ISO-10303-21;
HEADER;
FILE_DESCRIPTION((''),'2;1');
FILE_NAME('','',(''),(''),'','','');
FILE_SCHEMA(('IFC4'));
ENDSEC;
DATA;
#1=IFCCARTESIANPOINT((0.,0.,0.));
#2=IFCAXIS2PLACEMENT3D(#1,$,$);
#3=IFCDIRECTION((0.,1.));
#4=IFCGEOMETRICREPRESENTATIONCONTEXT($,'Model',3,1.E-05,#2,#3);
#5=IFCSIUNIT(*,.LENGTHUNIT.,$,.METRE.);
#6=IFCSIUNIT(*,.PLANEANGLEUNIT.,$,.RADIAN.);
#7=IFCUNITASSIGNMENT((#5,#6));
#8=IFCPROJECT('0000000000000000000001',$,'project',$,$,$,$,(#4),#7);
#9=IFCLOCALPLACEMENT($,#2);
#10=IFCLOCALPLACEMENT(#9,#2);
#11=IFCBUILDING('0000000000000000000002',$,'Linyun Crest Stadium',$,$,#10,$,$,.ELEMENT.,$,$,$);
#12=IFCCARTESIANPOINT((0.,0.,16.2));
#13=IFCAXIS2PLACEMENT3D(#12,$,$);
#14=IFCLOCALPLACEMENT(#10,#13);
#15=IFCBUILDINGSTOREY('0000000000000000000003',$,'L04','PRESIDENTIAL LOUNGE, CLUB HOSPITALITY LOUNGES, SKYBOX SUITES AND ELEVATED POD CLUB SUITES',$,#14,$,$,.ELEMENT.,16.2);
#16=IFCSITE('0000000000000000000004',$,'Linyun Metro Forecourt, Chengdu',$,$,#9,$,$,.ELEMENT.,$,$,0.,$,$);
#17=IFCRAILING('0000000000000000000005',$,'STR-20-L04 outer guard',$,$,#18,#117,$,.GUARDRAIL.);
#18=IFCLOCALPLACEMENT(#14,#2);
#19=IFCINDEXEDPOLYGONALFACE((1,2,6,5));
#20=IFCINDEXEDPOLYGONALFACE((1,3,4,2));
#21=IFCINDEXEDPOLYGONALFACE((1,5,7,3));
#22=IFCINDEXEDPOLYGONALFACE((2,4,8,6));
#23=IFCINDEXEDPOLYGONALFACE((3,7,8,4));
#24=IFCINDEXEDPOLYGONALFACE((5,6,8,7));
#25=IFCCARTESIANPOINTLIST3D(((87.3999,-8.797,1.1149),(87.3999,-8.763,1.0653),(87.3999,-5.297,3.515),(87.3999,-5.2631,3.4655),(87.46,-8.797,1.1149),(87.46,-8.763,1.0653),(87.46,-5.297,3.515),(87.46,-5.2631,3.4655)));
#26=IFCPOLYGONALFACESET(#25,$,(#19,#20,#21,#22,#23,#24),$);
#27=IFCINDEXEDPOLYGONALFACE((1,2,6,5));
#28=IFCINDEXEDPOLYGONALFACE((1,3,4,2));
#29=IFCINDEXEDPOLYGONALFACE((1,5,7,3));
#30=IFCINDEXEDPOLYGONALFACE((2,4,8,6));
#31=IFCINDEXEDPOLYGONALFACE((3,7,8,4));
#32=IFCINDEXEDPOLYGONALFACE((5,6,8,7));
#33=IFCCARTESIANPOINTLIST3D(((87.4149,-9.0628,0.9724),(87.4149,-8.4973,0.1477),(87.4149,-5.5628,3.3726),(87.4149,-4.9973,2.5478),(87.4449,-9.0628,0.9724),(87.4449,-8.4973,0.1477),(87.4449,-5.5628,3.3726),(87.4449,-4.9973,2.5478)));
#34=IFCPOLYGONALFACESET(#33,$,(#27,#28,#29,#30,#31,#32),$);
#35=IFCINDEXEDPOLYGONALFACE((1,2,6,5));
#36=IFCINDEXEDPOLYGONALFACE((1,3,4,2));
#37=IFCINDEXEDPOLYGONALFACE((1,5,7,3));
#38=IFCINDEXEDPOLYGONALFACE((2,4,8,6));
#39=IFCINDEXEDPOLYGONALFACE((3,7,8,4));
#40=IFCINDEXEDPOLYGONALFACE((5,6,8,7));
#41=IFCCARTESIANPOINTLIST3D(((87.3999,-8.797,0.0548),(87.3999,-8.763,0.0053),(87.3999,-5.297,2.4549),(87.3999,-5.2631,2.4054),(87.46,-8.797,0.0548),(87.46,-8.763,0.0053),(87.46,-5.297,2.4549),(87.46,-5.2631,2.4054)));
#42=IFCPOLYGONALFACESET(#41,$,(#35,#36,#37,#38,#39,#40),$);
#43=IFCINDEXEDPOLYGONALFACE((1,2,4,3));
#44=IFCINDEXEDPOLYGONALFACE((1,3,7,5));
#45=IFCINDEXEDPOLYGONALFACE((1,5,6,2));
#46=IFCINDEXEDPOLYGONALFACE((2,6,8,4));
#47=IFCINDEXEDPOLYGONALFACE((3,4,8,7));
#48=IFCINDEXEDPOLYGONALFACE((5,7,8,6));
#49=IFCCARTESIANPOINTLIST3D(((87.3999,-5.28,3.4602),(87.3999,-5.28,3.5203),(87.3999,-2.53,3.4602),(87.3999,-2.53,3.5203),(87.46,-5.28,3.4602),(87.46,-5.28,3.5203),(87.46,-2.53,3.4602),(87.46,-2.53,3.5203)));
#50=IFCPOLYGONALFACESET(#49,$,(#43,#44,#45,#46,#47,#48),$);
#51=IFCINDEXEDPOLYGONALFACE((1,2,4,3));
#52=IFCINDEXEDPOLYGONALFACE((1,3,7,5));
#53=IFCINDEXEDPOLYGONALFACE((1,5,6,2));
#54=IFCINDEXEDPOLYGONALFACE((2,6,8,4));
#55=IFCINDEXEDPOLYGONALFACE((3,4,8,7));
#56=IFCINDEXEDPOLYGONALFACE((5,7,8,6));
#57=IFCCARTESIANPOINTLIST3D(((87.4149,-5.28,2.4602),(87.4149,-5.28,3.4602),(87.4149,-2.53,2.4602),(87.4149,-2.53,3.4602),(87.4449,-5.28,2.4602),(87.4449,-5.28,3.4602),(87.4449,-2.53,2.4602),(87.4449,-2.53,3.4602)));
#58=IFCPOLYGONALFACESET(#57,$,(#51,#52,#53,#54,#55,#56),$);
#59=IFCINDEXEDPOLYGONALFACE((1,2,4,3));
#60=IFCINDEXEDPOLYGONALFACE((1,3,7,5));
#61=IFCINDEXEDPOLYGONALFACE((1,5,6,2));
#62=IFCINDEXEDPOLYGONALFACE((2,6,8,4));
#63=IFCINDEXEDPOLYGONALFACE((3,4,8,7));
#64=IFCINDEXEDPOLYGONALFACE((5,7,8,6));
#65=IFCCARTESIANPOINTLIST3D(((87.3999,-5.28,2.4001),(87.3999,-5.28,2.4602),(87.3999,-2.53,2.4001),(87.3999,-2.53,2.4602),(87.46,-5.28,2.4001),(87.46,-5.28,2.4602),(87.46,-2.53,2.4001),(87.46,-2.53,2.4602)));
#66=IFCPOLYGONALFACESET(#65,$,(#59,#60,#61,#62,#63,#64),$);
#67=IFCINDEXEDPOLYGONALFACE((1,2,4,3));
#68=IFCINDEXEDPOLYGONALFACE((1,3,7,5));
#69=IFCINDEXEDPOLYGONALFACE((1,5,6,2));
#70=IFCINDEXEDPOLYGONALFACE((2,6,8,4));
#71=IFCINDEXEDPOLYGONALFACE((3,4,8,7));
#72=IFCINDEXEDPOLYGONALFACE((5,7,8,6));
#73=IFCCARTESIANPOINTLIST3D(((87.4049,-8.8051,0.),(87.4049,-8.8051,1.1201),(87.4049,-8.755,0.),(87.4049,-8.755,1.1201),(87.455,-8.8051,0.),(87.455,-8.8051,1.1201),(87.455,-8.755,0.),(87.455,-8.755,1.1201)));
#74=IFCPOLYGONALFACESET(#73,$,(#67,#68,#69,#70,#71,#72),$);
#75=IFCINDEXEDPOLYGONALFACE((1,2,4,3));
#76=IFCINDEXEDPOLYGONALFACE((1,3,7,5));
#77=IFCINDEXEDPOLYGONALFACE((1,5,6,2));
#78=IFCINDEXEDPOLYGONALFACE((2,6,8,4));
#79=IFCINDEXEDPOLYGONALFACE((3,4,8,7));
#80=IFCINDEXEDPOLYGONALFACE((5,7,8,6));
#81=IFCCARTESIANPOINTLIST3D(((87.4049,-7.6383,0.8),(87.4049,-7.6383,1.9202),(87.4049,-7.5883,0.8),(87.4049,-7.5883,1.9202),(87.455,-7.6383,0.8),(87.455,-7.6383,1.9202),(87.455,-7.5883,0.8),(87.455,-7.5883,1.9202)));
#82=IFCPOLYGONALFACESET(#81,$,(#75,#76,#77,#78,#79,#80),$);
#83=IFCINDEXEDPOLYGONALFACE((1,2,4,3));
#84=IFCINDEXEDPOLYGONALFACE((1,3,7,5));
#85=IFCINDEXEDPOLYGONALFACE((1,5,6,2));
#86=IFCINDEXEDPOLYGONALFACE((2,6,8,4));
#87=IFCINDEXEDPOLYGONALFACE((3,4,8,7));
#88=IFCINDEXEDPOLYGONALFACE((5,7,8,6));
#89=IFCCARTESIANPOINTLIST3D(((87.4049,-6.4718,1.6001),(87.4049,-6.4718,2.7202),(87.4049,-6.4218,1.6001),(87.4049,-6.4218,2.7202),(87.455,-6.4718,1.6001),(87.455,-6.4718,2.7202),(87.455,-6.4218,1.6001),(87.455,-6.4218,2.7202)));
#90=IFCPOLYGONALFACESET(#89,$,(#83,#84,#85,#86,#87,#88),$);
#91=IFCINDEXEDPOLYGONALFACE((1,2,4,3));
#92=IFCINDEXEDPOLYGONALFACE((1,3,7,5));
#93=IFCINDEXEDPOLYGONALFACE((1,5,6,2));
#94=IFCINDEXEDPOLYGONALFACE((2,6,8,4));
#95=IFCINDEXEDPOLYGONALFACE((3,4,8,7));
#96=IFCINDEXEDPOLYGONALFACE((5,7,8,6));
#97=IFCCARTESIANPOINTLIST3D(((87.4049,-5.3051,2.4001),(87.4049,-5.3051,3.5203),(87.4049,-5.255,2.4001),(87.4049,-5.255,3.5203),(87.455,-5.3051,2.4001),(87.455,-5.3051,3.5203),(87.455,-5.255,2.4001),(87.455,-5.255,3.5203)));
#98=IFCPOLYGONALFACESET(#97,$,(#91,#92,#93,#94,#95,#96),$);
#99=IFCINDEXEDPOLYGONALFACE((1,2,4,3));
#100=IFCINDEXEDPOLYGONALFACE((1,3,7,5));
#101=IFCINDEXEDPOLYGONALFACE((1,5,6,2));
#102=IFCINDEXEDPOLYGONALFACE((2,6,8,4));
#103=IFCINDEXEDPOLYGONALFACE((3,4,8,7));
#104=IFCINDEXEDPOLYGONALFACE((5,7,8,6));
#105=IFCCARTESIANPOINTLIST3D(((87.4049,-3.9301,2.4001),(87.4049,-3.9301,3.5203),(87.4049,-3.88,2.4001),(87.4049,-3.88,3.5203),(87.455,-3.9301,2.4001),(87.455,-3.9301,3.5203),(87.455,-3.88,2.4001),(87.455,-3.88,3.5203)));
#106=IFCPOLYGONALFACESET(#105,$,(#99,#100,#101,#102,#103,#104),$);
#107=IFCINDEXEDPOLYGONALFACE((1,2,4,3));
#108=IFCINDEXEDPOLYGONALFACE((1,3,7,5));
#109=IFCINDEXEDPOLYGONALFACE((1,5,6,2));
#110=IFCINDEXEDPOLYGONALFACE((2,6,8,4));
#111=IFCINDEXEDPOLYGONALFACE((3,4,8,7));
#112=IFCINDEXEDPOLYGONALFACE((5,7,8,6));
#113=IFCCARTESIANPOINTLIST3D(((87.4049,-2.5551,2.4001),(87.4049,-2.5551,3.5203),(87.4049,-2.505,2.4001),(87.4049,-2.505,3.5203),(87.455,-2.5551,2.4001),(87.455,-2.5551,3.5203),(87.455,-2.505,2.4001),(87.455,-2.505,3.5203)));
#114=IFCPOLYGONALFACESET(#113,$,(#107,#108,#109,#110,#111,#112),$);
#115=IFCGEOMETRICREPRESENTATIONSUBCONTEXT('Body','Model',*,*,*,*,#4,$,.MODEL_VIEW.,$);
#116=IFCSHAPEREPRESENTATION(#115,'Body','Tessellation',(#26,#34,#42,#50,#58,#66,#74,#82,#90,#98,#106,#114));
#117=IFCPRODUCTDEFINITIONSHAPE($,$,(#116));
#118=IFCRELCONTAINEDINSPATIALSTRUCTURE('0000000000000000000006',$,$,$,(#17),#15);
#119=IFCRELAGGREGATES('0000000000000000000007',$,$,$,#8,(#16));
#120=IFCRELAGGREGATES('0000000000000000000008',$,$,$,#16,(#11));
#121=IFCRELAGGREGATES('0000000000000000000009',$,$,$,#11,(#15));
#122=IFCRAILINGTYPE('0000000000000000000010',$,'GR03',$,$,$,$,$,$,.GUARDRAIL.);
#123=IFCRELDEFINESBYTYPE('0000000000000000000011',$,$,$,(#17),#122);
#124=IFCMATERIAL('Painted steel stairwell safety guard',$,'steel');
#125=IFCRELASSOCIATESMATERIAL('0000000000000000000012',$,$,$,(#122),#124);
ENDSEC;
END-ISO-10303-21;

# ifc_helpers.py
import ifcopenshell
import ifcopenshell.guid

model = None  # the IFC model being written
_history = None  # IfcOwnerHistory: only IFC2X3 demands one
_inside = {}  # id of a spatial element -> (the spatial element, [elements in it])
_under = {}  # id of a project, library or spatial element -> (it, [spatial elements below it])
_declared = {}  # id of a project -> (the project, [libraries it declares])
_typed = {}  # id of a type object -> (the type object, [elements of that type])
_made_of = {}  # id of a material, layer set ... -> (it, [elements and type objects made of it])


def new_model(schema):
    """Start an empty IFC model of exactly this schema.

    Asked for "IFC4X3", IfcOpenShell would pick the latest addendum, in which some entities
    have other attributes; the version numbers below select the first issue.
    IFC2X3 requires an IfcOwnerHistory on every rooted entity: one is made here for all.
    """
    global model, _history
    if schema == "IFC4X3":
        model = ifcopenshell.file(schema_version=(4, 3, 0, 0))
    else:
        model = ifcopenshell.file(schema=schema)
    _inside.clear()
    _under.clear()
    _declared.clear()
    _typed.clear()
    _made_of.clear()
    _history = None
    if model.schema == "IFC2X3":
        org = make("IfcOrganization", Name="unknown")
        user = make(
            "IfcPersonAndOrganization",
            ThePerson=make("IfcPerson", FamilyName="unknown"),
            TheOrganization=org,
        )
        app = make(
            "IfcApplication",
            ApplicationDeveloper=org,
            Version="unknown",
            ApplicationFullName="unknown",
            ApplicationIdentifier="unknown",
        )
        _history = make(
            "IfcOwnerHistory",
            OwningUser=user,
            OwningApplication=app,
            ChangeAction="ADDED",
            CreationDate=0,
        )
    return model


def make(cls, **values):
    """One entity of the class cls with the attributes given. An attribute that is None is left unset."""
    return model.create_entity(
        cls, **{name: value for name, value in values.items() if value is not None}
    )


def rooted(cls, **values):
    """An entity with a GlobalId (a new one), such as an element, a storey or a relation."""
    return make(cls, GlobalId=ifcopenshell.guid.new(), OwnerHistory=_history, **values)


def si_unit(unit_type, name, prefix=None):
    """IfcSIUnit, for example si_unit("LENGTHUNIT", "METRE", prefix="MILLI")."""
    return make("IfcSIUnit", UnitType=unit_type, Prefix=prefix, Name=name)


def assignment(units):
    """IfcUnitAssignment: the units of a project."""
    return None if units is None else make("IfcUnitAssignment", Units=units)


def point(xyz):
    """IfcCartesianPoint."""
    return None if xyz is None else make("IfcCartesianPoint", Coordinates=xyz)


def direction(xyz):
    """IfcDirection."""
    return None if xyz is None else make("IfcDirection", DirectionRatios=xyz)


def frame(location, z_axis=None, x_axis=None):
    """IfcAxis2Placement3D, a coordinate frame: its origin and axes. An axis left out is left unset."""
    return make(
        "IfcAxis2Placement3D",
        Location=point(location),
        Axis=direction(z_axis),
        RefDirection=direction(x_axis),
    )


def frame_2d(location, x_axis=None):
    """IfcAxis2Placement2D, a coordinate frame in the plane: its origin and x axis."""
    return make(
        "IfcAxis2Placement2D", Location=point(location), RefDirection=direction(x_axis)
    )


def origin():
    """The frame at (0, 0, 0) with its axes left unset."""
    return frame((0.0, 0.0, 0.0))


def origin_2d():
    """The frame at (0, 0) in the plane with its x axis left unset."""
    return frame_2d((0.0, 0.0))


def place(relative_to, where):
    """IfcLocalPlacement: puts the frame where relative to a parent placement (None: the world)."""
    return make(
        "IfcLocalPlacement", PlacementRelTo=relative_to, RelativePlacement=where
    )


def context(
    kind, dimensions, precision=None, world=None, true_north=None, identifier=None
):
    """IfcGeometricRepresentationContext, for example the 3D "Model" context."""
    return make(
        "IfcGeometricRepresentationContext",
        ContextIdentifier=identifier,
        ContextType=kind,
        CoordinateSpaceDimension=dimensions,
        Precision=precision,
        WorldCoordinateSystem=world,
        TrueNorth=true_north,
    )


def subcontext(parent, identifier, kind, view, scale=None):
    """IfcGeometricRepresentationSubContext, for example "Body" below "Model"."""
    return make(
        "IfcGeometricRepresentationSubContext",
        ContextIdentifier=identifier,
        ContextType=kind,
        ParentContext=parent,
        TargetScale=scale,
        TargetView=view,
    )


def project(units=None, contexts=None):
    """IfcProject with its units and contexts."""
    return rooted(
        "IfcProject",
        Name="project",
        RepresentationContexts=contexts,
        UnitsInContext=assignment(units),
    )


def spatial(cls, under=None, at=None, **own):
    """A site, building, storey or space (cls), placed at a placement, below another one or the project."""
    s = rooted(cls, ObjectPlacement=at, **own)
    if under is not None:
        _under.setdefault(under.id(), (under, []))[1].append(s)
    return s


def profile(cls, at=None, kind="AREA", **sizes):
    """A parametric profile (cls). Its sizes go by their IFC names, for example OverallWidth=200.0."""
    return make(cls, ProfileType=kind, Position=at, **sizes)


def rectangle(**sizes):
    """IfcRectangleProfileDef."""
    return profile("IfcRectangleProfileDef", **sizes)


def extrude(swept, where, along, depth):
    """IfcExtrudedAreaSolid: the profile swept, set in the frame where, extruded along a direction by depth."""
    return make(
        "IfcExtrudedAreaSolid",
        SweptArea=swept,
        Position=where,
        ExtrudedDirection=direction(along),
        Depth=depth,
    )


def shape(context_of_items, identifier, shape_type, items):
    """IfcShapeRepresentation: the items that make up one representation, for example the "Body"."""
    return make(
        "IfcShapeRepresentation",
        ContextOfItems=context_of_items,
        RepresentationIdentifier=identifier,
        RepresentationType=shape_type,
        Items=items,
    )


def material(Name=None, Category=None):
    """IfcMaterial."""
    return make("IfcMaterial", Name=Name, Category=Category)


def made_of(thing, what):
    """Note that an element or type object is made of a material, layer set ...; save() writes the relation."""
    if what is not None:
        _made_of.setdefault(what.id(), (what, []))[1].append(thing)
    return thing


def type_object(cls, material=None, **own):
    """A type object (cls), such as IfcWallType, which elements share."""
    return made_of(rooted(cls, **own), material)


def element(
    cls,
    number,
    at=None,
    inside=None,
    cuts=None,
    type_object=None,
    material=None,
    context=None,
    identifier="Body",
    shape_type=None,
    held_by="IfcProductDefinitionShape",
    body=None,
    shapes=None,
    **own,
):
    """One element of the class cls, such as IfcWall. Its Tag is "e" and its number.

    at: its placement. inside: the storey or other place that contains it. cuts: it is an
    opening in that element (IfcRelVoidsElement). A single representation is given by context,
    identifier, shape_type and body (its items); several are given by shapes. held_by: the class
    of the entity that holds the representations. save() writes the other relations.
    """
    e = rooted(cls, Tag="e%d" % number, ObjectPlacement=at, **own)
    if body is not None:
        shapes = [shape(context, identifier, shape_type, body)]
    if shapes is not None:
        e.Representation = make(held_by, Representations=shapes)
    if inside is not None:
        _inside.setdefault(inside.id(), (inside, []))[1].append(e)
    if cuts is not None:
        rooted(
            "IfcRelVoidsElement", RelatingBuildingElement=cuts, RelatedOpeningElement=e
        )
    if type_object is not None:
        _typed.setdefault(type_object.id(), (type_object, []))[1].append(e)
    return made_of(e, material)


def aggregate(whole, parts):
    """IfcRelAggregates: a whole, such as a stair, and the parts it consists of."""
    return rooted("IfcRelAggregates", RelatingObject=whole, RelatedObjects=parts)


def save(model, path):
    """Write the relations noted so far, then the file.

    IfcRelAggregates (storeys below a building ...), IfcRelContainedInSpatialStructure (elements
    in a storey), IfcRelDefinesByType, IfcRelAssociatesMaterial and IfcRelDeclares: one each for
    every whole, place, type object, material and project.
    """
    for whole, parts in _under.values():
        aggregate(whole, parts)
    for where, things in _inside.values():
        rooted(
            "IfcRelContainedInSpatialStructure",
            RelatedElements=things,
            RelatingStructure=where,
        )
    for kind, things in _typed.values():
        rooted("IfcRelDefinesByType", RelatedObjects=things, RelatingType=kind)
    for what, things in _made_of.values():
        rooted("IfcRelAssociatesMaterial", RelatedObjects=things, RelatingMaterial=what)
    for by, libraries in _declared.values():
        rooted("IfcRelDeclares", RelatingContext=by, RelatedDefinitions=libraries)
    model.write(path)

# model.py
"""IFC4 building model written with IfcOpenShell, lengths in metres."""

from ifc_helpers import new_model, si_unit, direction, frame, origin, origin_2d, place, context, subcontext, project, spatial, rectangle, extrude, material, type_object, element, save


model = new_model("IFC4")

# Units and contexts
model_context = context("Model", 3, precision=1e-05, world=origin(), true_north=direction((0.0, 1.0)))
body_context = subcontext(model_context, "Body", "Model", "MODEL_VIEW")
ifc_project = project(units=[si_unit("LENGTHUNIT", "METRE"), si_unit("PLANEANGLEUNIT", "RADIAN")], contexts=[model_context])

# Site, building, storey
site_placement = place(None, origin())
site = spatial("IfcSite", under=ifc_project, at=site_placement, Name="Linyun Metro Forecourt, Chengdu", CompositionType="ELEMENT", RefElevation=0.0)
building_placement = place(site_placement, origin())
building = spatial("IfcBuilding", under=site, at=building_placement, Name="Linyun Crest Stadium", CompositionType="ELEMENT")
storey_placement = place(building_placement, frame((0.0, 0.0, 16.2)))
storey = spatial("IfcBuildingStorey", under=building, at=storey_placement, Name="L04", Description="PRESIDENTIAL LOUNGE, CLUB HOSPITALITY LOUNGES, SKYBOX SUITES AND ELEVATED POD CLUB SUITES", CompositionType="ELEMENT", Elevation=16.2)

# Railing
ifc_material_1 = material(Name="Painted steel stairwell safety guard", Category="steel")
railing_type_1 = type_object("IfcRailingType", Name="GR03", PredefinedType="GUARDRAIL", material=ifc_material_1)
railing_1_placement = place(storey_placement, frame((87.4299, -8.78, 0.0)))
element("IfcRailing", 1, at=railing_1_placement, inside=storey, type_object=railing_type_1, Name="STR-20-L04 outer guard", PredefinedType="GUARDRAIL", context=body_context, shape_type="SweptSolid", body=[
    extrude(rectangle(XDim=0.0601, YDim=0.0601, at=origin_2d()), frame((0.0, 0.0, 1.0901), z_axis=(0.0, 0.824713, 0.565552), x_axis=(-1.0, 0.0, 0.0)), (0.0, 0.0, 1.0), 4.2439),
    extrude(rectangle(XDim=0.03, YDim=1.0, at=origin_2d()), frame((0.0, 0.0, 0.5601), z_axis=(0.0, 0.824713, 0.565552), x_axis=(-1.0, 0.0, 0.0)), (0.0, 0.0, 1.0), 4.2439),
    extrude(rectangle(XDim=0.0601, YDim=0.0601, at=origin_2d()), frame((0.0, 0.0, 0.03), z_axis=(0.0, 0.824713, 0.565552), x_axis=(-1.0, 0.0, 0.0)), (0.0, 0.0, 1.0), 4.2439),
    extrude(rectangle(XDim=0.0601, YDim=0.0601, at=origin_2d()), frame((0.0, 3.5, 3.4902), z_axis=(0.0, 1.0, 0.0), x_axis=(-1.0, 0.0, 0.0)), (0.0, 0.0, 1.0), 2.75),
    extrude(rectangle(XDim=0.03, YDim=1.0, at=origin_2d()), frame((0.0, 3.5, 2.9602), z_axis=(0.0, 1.0, 0.0), x_axis=(-1.0, 0.0, 0.0)), (0.0, 0.0, 1.0), 2.75),
    extrude(rectangle(XDim=0.0601, YDim=0.0601, at=origin_2d()), frame((0.0, 3.5, 2.4302), z_axis=(0.0, 1.0, 0.0), x_axis=(-1.0, 0.0, 0.0)), (0.0, 0.0, 1.0), 2.75),
    extrude(rectangle(XDim=0.05, YDim=0.05, at=origin_2d()), origin(), (0.0, 0.0, 1.0), 1.1201),
    extrude(rectangle(XDim=0.05, YDim=0.05, at=origin_2d()), frame((0.0, 1.1667, 0.8)), (0.0, 0.0, 1.0), 1.1201),
    extrude(rectangle(XDim=0.05, YDim=0.05, at=origin_2d()), frame((0.0, 2.3333, 1.6001)), (0.0, 0.0, 1.0), 1.1201),
    extrude(rectangle(XDim=0.05, YDim=0.05, at=origin_2d()), frame((0.0, 3.5, 2.4001)), (0.0, 0.0, 1.0), 1.1201),
    extrude(rectangle(XDim=0.05, YDim=0.05, at=origin_2d()), frame((0.0, 4.875, 2.4001)), (0.0, 0.0, 1.0), 1.1201),
    extrude(rectangle(XDim=0.05, YDim=0.05, at=origin_2d()), frame((0.0, 6.25, 2.4001)), (0.0, 0.0, 1.0), 1.1201),
])

save(model, "model.ifc")
